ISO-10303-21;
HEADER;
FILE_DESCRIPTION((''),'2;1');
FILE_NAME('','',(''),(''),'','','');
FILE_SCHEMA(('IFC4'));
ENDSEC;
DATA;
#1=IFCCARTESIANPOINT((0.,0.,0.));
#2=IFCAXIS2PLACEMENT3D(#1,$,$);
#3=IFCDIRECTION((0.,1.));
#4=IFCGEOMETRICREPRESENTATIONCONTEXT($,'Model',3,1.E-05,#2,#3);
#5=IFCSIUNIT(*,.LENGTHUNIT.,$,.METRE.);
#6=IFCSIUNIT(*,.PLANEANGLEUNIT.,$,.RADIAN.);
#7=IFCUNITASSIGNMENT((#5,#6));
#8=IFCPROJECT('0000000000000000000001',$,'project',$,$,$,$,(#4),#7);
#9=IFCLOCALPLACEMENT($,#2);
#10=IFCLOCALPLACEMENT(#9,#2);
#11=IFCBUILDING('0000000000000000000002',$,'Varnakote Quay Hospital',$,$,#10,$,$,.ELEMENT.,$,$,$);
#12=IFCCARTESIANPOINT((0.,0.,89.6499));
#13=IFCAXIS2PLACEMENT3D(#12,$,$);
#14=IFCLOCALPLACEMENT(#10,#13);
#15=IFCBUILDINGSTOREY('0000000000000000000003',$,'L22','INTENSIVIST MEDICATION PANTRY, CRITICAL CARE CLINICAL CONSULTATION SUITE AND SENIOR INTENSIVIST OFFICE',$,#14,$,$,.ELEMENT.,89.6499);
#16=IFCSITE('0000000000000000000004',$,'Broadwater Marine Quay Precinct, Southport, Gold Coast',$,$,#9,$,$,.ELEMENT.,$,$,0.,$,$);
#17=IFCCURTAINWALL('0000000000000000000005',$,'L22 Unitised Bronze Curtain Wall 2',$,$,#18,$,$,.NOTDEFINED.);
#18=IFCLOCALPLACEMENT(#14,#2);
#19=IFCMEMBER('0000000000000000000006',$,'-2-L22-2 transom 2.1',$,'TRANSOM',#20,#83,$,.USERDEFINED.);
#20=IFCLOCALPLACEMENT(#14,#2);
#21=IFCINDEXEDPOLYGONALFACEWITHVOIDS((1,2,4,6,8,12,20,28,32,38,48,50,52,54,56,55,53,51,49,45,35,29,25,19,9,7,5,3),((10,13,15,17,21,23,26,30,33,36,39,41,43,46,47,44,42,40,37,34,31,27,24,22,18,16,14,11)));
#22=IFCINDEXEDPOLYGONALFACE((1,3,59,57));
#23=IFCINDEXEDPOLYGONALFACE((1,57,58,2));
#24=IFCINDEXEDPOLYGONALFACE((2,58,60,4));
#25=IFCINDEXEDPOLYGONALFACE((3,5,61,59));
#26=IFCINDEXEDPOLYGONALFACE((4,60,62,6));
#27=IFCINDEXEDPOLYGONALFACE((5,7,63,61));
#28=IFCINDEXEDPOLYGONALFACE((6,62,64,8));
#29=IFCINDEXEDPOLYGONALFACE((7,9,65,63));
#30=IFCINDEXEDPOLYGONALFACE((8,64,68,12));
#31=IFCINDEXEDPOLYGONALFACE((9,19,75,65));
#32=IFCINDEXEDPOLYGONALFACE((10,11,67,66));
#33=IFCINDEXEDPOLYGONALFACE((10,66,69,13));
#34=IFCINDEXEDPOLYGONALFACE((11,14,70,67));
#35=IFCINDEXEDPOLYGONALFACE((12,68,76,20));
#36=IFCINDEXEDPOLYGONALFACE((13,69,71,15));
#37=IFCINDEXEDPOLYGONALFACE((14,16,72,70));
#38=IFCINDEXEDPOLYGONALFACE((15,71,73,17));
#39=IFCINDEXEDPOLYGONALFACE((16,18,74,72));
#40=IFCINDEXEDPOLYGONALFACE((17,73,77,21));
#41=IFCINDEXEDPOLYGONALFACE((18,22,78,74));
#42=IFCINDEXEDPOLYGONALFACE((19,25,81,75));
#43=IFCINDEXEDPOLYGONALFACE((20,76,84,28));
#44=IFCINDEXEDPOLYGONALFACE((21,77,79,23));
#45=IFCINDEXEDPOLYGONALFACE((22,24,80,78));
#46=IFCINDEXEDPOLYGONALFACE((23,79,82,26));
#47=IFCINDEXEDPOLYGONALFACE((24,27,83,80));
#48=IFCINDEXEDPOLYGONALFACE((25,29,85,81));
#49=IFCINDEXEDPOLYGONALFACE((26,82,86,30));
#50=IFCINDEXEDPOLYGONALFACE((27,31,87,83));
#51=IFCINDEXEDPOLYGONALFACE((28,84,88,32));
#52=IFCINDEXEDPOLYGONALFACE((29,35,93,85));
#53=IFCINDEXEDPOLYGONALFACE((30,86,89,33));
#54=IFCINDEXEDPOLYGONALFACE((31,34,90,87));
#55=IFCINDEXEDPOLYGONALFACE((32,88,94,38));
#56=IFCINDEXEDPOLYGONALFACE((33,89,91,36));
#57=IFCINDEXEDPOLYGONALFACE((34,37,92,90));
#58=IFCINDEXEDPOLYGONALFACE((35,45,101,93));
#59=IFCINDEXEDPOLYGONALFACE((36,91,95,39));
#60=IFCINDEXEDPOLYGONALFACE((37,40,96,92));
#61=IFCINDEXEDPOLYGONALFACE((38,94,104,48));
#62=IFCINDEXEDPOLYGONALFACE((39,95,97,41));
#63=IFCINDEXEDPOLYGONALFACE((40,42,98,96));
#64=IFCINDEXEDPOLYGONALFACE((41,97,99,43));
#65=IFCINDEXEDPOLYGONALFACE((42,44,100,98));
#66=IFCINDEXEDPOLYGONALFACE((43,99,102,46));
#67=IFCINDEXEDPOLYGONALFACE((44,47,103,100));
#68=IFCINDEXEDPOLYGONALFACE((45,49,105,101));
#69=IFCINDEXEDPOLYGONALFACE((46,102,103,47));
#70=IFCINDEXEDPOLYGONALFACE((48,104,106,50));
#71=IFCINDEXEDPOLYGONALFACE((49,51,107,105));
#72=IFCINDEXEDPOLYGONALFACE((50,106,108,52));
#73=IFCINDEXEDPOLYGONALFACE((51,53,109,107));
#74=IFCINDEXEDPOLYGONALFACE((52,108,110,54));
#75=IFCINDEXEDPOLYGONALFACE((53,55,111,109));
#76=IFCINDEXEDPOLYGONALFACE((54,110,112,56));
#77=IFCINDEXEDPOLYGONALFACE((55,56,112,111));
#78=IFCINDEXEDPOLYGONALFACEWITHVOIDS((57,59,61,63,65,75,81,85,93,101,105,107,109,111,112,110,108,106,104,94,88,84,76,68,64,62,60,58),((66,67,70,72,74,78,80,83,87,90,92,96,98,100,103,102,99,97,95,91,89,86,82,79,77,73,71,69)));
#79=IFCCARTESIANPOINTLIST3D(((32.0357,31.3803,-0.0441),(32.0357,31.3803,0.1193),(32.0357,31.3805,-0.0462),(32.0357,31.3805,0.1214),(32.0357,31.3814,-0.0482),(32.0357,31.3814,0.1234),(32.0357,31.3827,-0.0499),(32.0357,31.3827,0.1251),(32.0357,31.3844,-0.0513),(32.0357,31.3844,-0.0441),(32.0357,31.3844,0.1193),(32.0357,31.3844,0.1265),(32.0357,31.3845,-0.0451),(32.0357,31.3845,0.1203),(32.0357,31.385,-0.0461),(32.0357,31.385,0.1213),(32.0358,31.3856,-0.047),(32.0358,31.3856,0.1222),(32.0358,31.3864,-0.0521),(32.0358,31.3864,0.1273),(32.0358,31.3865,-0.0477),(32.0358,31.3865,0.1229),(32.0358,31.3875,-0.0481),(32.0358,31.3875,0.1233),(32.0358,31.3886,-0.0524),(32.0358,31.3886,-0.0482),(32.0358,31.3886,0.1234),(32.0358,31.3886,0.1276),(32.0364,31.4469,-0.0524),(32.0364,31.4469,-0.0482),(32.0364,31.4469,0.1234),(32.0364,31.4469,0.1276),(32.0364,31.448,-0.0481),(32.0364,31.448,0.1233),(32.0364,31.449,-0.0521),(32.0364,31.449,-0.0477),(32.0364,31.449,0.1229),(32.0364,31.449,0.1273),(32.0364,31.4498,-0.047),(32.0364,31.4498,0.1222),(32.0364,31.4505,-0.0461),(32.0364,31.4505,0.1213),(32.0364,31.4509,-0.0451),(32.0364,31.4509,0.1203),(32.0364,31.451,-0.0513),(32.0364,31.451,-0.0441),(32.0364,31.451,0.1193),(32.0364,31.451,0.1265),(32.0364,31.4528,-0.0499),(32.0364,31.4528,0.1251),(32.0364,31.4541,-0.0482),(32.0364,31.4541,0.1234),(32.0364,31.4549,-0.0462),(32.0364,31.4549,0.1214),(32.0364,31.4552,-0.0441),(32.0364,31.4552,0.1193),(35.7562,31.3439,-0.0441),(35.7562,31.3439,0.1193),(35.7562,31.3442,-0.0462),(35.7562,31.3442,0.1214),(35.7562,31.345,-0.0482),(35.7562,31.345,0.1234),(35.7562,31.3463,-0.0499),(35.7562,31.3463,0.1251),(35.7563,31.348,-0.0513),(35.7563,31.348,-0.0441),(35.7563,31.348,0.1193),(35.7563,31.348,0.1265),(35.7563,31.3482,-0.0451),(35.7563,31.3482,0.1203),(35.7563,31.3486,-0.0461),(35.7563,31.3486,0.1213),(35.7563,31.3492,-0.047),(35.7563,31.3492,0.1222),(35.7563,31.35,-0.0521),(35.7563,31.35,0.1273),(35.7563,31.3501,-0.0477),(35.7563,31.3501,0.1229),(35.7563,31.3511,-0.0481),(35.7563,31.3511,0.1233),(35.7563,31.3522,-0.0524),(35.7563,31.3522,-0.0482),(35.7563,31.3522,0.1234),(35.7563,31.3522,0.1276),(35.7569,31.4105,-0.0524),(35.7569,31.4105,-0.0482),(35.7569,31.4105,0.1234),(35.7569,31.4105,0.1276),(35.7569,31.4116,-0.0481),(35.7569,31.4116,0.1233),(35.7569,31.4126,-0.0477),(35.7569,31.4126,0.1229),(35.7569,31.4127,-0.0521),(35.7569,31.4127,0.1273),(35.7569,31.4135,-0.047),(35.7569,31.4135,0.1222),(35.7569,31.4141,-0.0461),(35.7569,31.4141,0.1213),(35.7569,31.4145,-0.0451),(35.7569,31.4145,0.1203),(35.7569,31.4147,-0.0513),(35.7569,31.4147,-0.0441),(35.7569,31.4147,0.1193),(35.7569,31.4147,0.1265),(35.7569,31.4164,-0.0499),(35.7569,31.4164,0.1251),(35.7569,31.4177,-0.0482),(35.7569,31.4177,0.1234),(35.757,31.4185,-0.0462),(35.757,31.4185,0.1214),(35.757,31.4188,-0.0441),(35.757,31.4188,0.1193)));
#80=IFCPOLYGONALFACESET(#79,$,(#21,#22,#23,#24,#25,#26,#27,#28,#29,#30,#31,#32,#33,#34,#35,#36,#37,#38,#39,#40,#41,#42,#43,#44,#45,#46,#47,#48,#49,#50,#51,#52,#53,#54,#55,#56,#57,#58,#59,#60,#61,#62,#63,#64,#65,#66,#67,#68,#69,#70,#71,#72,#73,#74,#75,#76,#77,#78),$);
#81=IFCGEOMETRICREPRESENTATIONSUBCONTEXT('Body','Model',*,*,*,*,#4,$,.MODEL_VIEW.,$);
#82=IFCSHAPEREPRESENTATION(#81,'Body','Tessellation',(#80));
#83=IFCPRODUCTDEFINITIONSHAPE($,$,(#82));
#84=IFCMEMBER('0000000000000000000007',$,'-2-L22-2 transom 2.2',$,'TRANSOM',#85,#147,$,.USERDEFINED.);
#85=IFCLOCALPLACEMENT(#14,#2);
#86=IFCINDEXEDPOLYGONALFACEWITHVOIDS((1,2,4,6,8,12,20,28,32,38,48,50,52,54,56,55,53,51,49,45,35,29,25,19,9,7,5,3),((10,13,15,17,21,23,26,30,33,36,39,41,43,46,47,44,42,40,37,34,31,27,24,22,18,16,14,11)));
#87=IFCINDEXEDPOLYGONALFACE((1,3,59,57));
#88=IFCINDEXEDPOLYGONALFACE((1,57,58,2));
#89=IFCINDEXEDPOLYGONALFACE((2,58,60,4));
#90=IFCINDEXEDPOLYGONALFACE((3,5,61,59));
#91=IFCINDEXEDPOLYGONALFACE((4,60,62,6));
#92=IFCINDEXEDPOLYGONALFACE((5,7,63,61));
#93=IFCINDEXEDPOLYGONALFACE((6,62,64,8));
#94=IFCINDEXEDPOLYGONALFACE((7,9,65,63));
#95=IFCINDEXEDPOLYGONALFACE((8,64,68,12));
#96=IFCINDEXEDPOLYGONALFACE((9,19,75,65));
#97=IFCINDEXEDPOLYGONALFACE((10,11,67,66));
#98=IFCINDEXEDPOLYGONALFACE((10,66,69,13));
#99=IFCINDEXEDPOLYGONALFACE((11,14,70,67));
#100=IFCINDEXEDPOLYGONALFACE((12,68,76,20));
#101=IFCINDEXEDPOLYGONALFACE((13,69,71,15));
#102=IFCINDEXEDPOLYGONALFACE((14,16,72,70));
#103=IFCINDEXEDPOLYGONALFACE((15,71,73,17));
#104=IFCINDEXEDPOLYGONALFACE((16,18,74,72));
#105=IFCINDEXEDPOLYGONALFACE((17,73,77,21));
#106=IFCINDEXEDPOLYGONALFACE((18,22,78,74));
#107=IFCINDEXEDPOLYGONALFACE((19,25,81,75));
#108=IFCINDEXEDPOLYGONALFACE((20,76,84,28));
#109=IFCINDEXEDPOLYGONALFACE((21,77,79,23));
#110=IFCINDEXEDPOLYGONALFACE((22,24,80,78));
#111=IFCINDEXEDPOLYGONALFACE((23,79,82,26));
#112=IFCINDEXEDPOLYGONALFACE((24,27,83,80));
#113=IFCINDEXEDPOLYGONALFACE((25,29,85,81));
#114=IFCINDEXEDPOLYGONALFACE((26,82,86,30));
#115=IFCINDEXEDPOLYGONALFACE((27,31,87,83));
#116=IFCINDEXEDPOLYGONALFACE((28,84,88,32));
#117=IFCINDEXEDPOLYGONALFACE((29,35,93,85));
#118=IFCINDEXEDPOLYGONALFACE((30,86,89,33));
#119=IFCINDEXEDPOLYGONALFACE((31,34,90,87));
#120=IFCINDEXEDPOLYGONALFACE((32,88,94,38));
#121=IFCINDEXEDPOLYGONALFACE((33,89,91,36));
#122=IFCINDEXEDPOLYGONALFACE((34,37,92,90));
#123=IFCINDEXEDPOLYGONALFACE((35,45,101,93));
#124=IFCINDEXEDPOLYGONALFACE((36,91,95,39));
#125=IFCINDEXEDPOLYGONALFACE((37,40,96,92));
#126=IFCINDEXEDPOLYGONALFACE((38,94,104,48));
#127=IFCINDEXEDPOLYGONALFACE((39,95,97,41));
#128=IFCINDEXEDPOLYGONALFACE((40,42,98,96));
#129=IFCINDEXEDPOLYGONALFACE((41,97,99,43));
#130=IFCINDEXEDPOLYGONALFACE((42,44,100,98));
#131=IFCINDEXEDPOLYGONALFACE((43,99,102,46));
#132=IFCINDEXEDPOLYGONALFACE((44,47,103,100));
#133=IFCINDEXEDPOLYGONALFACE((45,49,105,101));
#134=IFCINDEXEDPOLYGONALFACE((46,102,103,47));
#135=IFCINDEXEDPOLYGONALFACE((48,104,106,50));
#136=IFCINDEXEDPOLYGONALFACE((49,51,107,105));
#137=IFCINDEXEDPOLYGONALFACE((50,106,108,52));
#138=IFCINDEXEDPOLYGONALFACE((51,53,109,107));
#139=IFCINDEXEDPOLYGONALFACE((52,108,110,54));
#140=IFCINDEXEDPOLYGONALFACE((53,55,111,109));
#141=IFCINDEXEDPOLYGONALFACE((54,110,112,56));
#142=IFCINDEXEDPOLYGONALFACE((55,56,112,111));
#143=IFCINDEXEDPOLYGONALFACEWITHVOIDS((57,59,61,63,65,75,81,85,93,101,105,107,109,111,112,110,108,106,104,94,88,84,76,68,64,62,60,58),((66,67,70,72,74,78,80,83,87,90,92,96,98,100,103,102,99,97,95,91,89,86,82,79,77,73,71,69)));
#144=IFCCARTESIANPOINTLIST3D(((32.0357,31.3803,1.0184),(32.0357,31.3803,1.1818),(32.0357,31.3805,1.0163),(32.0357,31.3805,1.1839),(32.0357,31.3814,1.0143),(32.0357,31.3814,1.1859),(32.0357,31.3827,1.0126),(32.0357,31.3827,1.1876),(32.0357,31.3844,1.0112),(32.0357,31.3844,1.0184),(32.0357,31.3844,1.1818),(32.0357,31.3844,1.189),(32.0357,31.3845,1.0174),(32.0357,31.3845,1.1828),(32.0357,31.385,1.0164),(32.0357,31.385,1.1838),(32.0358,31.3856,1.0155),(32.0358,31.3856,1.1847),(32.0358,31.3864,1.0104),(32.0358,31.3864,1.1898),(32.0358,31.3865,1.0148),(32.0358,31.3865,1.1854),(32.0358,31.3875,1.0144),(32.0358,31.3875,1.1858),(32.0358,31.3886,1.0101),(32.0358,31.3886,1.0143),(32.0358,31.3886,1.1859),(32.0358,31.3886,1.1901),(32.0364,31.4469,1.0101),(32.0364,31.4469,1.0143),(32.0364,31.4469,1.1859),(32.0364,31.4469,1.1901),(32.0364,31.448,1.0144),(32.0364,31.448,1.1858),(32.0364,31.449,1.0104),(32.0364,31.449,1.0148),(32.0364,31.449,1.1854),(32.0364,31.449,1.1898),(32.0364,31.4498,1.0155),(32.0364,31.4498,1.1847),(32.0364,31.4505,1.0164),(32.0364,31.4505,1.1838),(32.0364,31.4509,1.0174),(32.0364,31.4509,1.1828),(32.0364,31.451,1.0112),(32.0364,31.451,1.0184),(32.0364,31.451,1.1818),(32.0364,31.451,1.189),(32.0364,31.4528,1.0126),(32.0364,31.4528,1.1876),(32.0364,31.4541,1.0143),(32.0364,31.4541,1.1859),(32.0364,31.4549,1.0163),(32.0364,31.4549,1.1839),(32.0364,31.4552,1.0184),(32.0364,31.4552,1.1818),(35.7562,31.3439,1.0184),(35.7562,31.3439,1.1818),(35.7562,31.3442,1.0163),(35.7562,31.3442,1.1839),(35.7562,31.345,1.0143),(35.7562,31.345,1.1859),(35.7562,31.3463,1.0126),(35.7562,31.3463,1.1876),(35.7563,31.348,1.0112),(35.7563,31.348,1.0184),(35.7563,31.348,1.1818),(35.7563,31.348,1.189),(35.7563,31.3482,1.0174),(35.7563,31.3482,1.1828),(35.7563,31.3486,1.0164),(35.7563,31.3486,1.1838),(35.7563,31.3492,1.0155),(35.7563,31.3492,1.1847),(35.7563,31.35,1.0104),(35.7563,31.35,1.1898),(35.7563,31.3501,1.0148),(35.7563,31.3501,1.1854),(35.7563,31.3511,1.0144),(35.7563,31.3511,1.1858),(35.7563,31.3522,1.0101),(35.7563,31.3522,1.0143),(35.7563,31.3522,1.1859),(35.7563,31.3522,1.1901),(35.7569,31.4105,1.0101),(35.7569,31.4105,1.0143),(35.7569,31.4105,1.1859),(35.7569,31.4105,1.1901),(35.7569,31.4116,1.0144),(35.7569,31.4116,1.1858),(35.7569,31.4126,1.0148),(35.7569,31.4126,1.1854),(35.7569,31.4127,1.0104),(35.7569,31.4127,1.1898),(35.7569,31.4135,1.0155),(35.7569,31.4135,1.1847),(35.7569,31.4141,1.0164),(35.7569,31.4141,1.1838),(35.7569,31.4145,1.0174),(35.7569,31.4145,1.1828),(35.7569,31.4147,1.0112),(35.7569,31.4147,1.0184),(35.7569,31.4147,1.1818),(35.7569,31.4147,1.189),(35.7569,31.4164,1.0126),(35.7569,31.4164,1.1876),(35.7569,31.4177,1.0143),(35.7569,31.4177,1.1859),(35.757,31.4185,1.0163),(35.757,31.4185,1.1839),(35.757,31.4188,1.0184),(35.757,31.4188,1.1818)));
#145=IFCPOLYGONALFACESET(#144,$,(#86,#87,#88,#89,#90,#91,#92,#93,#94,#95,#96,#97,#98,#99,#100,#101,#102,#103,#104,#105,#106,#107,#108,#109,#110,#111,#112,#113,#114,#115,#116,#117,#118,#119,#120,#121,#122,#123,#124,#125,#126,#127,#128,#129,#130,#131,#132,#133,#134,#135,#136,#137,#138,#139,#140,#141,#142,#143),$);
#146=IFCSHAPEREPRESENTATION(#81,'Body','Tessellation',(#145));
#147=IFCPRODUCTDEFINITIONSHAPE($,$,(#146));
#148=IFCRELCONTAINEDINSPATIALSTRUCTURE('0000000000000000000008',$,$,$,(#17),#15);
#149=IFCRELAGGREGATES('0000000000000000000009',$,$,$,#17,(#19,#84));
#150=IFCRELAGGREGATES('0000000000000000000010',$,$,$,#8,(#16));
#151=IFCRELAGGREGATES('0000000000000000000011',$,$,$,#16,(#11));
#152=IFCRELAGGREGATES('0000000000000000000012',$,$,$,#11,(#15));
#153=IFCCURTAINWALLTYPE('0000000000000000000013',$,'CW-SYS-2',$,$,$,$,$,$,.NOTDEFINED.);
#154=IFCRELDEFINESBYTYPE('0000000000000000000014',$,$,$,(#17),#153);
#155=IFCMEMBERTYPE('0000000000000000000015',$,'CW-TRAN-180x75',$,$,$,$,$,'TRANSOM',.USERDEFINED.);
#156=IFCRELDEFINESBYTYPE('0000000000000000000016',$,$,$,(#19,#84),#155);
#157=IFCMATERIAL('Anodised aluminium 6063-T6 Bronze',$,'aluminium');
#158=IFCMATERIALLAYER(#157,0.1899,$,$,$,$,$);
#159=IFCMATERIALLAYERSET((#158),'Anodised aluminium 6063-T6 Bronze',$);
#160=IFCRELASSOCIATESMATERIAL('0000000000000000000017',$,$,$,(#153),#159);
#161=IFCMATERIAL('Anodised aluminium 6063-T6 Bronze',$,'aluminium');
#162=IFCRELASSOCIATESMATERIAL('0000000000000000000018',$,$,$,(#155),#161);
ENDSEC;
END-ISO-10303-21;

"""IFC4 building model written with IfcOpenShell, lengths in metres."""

from ifc_helpers import new_model, si_unit, direction, frame, origin, origin_2d, place, context, subcontext, project, spatial, hollow_rectangle, extrude, material, layer, layer_set, material_profile, profile_set, type_object, element, aggregate, save


model = new_model("IFC4")

# Units and contexts
model_context = context("Model", 3, precision=1e-05, world=origin(), true_north=direction((0.0, 1.0)))
body_context = subcontext(model_context, "Body", "Model", "MODEL_VIEW")
ifc_project = project(units=[si_unit("LENGTHUNIT", "METRE"), si_unit("PLANEANGLEUNIT", "RADIAN")], contexts=[model_context])

# Site, building, storey
site_placement = place(None, origin())
site = spatial("IfcSite", under=ifc_project, at=site_placement, Name="Broadwater Marine Quay Precinct, Southport, Gold Coast", CompositionType="ELEMENT", RefElevation=0.0)
building_placement = place(site_placement, origin())
building = spatial("IfcBuilding", under=site, at=building_placement, Name="Varnakote Quay Hospital", CompositionType="ELEMENT")
storey_placement = place(building_placement, frame((0.0, 0.0, 89.6499)))
storey = spatial("IfcBuildingStorey", under=building, at=storey_placement, Name="L22", Description="INTENSIVIST MEDICATION PANTRY, CRITICAL CARE CLINICAL CONSULTATION SUITE AND SENIOR INTENSIVIST OFFICE", CompositionType="ELEMENT", Elevation=89.6499)

# Shared definitions
ifc_material_1 = material(Name="Anodised aluminium 6063-T6 Bronze", Category="aluminium")
ifc_layer_1 = layer(ifc_material_1, 0.1899)
ifc_layer_set_1 = layer_set([ifc_layer_1], Name="Anodised aluminium 6063-T6 Bronze")
curtain_wall_type = type_object("IfcCurtainWallType", Name="CW-SYS-2", PredefinedType="NOTDEFINED", material=ifc_layer_set_1)

# Curtain wall, members
curtain_wall_1_placement = place(storey_placement, origin())
curtain_wall_1 = element("IfcCurtainWall", 1, at=curtain_wall_1_placement, inside=storey, type_object=curtain_wall_type, Name="L22 Unitised Bronze Curtain Wall 2", PredefinedType="NOTDEFINED")
ifc_material_2 = material(Name="Anodised aluminium 6063-T6 Bronze", Category="aluminium")
ifc_material_profile_1 = material_profile(ifc_material_2, hollow_rectangle(XDim=0.075, YDim=0.1799, WallThickness=0.0042, InnerFilletRadius=0.0042, OuterFilletRadius=0.0083, at=origin_2d()), Name="CW-TRAN-180x75")
ifc_profile_set_1 = profile_set([ifc_material_profile_1], Name="Anodised aluminium 6063-T6 Bronze")
member_type_1 = type_object("IfcMemberType", Name="CW-TRAN-180x75", ElementType="TRANSOM", PredefinedType="USERDEFINED", material=ifc_profile_set_1)
member_1_placement = place(storey_placement, frame((35.7566, 31.3813, 0.0376), z_axis=(-0.999952, 0.009777, 0.0), x_axis=(-0.009777, -0.999952, 0.0)))
member_1 = element("IfcMember", 2, at=member_1_placement, type_object=member_type_1, Name="-2-L22-2 transom 2.1", ObjectType="TRANSOM", PredefinedType="USERDEFINED", context=body_context, shape_type="SweptSolid", body=[
    extrude(hollow_rectangle(XDim=0.075, YDim=0.1799, WallThickness=0.0042, InnerFilletRadius=0.0042, OuterFilletRadius=0.0083, at=origin_2d()), origin(), (0.0, 0.0, 1.0), 3.7207),
])
member_2_placement = place(storey_placement, frame((35.7566, 31.3813, 1.1001), z_axis=(-0.999952, 0.009777, 0.0), x_axis=(-0.009777, -0.999952, 0.0)))
member_2 = element("IfcMember", 3, at=member_2_placement, type_object=member_type_1, Name="-2-L22-2 transom 2.2", ObjectType="TRANSOM", PredefinedType="USERDEFINED", context=body_context, shape_type="SweptSolid", body=[
    extrude(hollow_rectangle(XDim=0.075, YDim=0.1799, WallThickness=0.0042, InnerFilletRadius=0.0042, OuterFilletRadius=0.0083, at=origin_2d()), origin(), (0.0, 0.0, 1.0), 3.7207),
])

aggregate(curtain_wall_1, [member_1, member_2])

save(model, "model.ifc")
